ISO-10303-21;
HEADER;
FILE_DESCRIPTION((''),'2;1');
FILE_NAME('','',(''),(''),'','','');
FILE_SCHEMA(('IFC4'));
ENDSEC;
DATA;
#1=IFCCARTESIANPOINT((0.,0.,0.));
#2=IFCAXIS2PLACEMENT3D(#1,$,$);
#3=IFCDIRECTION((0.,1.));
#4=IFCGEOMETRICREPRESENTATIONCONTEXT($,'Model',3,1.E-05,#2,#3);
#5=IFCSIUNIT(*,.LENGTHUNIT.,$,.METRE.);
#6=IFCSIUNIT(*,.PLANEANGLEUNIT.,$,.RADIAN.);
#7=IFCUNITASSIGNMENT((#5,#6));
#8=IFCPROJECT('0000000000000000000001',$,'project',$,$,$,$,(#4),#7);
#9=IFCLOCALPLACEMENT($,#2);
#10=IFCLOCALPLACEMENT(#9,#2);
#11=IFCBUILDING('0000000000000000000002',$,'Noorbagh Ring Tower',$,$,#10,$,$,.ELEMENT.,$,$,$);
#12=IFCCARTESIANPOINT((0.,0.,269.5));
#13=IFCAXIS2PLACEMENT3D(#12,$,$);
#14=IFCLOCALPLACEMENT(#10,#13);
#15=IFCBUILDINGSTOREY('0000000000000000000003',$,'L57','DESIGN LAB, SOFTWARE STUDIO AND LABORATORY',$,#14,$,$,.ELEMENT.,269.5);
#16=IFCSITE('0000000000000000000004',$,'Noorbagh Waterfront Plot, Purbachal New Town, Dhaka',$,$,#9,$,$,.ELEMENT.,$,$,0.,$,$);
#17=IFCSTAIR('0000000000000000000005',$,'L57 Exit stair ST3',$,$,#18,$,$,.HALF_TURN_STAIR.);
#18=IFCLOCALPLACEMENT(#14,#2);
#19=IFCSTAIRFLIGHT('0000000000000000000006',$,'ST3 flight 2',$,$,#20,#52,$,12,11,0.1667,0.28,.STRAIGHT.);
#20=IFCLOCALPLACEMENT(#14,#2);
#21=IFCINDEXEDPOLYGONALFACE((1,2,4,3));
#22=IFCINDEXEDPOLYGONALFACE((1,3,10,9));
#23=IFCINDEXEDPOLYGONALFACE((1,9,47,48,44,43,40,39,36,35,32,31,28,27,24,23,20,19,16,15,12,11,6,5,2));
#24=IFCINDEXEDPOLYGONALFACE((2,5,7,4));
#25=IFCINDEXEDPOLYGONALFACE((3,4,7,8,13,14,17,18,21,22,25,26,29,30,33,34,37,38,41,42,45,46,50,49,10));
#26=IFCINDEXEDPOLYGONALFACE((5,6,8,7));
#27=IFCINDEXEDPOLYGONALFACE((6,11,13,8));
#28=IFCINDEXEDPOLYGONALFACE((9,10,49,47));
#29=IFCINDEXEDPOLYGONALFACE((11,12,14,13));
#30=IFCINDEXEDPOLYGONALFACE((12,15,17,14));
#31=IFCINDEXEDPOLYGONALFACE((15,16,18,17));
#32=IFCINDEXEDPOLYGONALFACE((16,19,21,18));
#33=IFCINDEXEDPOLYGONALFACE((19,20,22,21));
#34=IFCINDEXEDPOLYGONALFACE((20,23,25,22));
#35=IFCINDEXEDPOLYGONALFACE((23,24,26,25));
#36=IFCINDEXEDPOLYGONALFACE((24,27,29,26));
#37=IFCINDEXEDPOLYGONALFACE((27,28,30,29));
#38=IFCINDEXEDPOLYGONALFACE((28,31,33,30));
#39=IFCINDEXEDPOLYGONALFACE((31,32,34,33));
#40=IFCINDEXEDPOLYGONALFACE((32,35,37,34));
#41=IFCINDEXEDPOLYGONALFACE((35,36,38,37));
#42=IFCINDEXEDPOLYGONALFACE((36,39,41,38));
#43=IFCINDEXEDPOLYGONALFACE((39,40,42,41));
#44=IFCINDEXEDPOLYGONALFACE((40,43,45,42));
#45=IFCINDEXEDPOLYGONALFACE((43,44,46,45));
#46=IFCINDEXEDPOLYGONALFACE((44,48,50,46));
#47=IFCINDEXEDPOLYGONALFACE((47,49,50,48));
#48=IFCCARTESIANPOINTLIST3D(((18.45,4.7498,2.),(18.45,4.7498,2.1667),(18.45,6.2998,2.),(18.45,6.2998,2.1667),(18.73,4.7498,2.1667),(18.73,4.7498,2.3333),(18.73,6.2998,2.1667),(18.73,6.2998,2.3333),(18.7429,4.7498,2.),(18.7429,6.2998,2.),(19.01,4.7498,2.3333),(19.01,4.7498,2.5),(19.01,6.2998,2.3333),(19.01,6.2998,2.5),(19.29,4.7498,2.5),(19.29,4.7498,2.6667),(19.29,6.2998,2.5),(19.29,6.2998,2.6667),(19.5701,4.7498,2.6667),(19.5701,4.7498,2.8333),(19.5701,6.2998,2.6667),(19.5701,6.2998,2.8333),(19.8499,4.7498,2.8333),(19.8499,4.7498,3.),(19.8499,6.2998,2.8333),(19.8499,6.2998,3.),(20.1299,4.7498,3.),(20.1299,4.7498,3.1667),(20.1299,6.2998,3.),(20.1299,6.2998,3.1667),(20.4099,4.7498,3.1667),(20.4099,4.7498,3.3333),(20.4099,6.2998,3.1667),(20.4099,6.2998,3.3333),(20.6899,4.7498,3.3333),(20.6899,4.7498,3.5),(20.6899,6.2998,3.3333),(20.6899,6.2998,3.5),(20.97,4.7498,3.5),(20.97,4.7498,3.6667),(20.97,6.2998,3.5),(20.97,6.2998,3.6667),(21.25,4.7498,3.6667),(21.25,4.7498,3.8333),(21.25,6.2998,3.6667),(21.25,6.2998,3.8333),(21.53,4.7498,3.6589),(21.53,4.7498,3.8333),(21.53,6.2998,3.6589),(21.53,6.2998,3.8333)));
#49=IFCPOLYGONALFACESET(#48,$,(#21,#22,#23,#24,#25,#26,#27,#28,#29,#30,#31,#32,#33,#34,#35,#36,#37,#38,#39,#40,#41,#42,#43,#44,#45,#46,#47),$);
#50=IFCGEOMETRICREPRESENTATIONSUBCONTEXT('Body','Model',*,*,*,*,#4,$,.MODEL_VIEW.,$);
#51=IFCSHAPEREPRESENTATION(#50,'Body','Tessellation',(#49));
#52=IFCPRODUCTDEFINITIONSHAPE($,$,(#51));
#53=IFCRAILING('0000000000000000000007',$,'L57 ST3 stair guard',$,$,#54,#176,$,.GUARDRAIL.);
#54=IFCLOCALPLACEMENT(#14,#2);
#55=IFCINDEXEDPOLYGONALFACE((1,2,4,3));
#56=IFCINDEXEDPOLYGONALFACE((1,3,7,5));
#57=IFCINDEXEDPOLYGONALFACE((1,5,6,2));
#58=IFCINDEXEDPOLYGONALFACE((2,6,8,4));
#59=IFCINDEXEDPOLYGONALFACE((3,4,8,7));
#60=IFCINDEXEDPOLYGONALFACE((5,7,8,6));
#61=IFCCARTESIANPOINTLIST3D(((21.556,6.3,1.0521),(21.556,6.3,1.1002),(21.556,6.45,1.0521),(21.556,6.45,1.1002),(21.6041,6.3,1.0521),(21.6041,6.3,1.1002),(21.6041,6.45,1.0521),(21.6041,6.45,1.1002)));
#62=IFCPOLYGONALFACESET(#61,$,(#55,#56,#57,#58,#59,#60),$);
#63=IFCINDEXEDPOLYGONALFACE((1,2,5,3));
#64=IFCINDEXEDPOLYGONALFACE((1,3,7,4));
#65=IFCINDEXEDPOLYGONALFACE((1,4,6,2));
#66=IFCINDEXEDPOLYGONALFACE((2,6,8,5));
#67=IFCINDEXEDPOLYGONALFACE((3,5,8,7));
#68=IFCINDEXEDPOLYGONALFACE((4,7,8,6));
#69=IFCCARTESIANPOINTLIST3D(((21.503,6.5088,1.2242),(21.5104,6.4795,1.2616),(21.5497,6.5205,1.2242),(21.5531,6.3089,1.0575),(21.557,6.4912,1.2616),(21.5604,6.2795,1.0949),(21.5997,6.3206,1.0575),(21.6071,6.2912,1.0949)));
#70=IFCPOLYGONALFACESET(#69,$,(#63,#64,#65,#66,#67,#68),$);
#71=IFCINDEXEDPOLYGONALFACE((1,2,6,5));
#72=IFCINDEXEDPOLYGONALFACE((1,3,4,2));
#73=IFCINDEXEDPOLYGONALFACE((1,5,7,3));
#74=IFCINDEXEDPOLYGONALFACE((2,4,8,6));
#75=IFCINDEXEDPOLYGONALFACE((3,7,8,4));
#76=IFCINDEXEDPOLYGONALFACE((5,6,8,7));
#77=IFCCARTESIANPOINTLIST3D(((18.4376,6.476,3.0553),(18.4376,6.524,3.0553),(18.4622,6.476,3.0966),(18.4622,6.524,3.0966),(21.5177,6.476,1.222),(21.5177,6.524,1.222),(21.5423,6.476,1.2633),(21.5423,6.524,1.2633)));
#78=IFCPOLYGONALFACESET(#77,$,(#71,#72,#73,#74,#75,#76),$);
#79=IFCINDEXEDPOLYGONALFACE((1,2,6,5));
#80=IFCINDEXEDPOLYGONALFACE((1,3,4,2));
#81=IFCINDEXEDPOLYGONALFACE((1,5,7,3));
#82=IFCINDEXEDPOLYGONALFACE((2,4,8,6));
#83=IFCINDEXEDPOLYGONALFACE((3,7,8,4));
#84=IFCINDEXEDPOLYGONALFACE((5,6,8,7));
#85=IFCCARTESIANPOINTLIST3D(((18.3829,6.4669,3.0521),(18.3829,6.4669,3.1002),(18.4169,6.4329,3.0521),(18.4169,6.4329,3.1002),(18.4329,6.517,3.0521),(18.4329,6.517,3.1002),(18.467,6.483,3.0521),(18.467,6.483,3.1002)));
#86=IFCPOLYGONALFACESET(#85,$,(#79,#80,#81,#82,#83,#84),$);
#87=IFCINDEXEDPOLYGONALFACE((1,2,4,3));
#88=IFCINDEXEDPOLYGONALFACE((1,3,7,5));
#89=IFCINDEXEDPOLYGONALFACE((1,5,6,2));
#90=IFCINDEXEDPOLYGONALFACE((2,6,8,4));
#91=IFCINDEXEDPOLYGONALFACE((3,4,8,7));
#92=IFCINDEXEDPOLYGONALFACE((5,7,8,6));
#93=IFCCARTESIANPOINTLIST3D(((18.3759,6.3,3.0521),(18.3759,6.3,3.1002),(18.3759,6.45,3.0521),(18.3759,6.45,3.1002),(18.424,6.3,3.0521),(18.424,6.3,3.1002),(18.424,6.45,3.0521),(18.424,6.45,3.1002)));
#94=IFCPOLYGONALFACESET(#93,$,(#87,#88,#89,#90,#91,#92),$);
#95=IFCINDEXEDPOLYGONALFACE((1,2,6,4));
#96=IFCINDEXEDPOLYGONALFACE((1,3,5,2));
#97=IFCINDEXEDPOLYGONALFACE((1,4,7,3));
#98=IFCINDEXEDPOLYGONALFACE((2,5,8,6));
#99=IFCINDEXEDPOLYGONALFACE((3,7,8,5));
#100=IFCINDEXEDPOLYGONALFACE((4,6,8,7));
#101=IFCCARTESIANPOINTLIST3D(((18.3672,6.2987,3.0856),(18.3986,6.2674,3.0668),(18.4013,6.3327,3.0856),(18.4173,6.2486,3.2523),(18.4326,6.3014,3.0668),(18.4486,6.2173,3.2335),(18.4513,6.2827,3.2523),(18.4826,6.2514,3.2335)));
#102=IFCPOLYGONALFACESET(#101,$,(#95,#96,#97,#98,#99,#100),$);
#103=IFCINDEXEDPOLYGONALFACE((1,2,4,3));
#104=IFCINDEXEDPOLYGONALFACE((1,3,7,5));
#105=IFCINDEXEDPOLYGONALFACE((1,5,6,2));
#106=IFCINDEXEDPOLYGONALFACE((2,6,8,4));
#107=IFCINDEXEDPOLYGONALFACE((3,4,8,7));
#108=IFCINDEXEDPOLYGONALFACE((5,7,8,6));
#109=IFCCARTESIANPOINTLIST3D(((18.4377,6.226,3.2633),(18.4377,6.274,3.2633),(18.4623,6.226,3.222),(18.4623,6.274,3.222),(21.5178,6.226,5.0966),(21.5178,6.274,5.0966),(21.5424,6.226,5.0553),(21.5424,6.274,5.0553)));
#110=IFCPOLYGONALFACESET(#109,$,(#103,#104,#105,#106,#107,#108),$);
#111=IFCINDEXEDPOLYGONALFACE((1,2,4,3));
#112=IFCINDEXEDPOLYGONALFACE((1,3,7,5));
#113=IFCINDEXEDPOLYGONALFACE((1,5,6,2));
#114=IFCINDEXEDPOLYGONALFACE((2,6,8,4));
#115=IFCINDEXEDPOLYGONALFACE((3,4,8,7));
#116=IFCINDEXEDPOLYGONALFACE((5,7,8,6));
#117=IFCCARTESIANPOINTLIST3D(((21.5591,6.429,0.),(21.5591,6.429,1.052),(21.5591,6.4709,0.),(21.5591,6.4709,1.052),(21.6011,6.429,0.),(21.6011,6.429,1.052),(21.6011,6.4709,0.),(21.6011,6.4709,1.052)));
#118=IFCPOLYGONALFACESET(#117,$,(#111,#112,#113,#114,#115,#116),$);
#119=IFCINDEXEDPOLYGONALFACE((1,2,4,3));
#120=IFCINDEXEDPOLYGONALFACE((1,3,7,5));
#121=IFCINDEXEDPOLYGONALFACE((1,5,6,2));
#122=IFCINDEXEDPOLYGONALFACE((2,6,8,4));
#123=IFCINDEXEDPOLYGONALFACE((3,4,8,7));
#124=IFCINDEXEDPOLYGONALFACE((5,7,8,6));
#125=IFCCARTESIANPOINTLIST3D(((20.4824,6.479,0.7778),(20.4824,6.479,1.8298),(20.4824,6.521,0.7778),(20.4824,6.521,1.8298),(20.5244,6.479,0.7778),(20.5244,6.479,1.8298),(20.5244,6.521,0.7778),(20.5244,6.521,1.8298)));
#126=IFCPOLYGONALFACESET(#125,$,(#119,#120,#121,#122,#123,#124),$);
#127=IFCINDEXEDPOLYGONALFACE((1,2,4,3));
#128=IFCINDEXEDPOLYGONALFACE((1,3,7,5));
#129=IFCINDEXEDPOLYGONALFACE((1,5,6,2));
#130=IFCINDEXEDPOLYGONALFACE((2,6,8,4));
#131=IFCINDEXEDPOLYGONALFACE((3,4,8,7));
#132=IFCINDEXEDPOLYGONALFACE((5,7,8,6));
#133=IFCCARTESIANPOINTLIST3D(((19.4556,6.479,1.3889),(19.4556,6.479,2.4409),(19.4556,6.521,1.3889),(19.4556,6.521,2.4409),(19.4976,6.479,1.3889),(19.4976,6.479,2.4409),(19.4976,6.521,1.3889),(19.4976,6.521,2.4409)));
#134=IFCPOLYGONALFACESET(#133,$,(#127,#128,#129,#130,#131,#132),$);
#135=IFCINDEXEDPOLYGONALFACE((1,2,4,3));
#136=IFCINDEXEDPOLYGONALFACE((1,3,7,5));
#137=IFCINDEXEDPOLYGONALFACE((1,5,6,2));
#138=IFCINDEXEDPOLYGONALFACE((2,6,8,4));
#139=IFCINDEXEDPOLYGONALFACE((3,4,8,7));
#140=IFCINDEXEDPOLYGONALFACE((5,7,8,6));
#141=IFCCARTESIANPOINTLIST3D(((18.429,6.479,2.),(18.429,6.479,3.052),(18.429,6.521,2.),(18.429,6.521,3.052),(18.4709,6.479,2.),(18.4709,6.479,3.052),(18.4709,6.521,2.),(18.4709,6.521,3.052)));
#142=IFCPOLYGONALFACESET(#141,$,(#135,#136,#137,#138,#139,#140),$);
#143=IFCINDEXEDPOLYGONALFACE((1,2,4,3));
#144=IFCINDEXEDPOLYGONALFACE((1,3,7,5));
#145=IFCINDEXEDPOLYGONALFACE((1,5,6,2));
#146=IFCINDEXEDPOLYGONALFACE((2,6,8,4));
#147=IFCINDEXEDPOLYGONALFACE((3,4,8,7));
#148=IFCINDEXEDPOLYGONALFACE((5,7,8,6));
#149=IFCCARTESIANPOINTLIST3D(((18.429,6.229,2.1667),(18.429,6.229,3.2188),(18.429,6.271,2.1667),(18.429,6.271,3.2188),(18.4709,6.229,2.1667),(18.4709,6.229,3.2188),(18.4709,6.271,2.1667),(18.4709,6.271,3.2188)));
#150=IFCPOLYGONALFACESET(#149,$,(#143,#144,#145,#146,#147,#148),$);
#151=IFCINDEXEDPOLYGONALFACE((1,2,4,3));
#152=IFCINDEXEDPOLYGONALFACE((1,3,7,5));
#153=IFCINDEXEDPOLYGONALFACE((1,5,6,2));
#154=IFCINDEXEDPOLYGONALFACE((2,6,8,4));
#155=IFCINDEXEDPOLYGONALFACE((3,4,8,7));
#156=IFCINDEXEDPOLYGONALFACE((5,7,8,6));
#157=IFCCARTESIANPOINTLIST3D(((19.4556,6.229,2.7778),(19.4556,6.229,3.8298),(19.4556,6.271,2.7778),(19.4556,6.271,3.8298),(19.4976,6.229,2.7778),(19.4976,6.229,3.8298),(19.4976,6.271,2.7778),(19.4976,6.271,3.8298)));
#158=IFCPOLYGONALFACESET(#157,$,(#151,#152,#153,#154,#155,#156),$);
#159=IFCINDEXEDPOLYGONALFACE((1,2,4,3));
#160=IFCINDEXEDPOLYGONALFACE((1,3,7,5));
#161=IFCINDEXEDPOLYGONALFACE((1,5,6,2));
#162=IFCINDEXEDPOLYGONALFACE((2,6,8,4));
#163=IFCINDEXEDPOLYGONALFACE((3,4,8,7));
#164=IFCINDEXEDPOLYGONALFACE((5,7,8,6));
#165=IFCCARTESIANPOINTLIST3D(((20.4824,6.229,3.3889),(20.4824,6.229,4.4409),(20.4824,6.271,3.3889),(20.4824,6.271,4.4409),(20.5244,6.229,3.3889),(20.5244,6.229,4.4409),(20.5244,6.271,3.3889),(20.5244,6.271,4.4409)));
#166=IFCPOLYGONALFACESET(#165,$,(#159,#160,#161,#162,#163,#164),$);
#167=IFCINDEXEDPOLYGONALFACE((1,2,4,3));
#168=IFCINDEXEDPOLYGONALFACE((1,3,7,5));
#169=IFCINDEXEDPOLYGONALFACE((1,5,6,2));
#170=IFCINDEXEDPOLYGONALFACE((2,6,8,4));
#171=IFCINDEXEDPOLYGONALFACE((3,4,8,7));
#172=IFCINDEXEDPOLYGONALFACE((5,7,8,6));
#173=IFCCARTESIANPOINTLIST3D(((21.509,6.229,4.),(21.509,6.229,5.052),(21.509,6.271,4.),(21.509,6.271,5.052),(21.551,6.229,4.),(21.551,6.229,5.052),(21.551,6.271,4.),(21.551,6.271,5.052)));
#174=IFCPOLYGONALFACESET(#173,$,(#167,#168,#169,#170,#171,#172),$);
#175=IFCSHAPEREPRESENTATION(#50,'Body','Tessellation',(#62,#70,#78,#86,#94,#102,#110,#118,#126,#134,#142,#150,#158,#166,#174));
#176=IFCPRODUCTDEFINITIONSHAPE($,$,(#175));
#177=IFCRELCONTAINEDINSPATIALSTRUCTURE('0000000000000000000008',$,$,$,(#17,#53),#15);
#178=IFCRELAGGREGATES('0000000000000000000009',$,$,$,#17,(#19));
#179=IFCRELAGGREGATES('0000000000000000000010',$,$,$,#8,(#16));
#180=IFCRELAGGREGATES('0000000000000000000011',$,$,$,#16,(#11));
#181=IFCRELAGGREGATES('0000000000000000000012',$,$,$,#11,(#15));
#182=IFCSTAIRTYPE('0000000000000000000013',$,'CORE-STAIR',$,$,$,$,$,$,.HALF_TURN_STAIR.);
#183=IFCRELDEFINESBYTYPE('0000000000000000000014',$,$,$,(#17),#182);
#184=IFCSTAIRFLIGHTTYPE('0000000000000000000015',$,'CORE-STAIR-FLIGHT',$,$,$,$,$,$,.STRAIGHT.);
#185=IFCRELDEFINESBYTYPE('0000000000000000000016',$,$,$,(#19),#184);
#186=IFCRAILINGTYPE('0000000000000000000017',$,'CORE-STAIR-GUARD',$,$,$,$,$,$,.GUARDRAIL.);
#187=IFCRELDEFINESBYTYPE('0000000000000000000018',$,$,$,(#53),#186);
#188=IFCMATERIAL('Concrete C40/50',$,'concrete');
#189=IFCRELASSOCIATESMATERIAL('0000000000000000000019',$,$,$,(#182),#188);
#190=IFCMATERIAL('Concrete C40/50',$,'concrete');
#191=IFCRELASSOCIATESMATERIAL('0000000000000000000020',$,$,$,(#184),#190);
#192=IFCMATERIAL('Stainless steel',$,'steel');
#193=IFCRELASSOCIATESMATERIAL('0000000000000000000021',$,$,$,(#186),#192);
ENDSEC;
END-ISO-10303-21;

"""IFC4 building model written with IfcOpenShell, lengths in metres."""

from ifc_helpers import new_model, si_unit, direction, frame, origin, origin_2d, place, context, subcontext, project, spatial, polyline, rectangle, outline, extrude, material, type_object, element, aggregate, save


model = new_model("IFC4")

# Units and contexts
model_context = context("Model", 3, precision=1e-05, world=origin(), true_north=direction((0.0, 1.0)))
body_context = subcontext(model_context, "Body", "Model", "MODEL_VIEW")
ifc_project = project(units=[si_unit("LENGTHUNIT", "METRE"), si_unit("PLANEANGLEUNIT", "RADIAN")], contexts=[model_context])

# Site, building, storey
site_placement = place(None, origin())
site = spatial("IfcSite", under=ifc_project, at=site_placement, Name="Noorbagh Waterfront Plot, Purbachal New Town, Dhaka", CompositionType="ELEMENT", RefElevation=0.0)
building_placement = place(site_placement, origin())
building = spatial("IfcBuilding", under=site, at=building_placement, Name="Noorbagh Ring Tower", CompositionType="ELEMENT")
storey_placement = place(building_placement, frame((0.0, 0.0, 269.5)))
storey = spatial("IfcBuildingStorey", under=building, at=storey_placement, Name="L57", Description="DESIGN LAB, SOFTWARE STUDIO AND LABORATORY", CompositionType="ELEMENT", Elevation=269.5)

# Stair, stair flight
ifc_material_1 = material(Name="Concrete C40/50", Category="concrete")
stair_type = type_object("IfcStairType", Name="CORE-STAIR", PredefinedType="HALF_TURN_STAIR", material=ifc_material_1)
stair_placement = place(storey_placement, origin())
stair = element("IfcStair", 1, at=stair_placement, inside=storey, type_object=stair_type, Name="L57 Exit stair ST3", PredefinedType="HALF_TURN_STAIR")
ifc_material_2 = material(Name="Concrete C40/50", Category="concrete")
stair_flight_type = type_object("IfcStairFlightType", Name="CORE-STAIR-FLIGHT", PredefinedType="STRAIGHT", material=ifc_material_2)
stair_flight_1_placement = place(storey_placement, frame((18.45, 5.5249, 2.0), z_axis=(0.0, 0.0, 1.0), x_axis=(1.0, 0.0, 0.0)))
stair_flight_1 = element("IfcStairFlight", 2, at=stair_flight_1_placement, type_object=stair_flight_type, Name="ST3 flight 2", NumberOfRisers=12, NumberOfTreads=11, PredefinedType="STRAIGHT", RiserHeight=0.1667, TreadLength=0.28, context=body_context, shape_type="SweptSolid", body=[
    extrude(outline(polyline([(0.0, 0.0), (0.0, 0.1667), (0.28, 0.1667), (0.28, 0.3333), (0.5601, 0.3333), (0.5601, 0.5), (0.8401, 0.5), (0.8401, 0.6667), (1.1201, 0.6667), (1.1201, 0.8333), (1.3999, 0.8333), (1.3999, 1.0), (1.6799, 1.0), (1.6799, 1.1667), (1.96, 1.1667), (1.96, 1.3333), (2.24, 1.3333), (2.24, 1.5), (2.52, 1.5), (2.52, 1.6667), (2.8, 1.6667), (2.8, 1.8333), (3.0801, 1.8333), (3.0801, 2.0), (3.0801, 1.6589), (0.293, 0.0), (0.0, 0.0)])), frame((0.0, 0.7749, 0.0), z_axis=(0.0, -1.0, 0.0), x_axis=(1.0, 0.0, 0.0)), (0.0, 0.0, 1.0), 1.55),
])
aggregate(stair, [stair_flight_1])

# Railing
ifc_material_3 = material(Name="Stainless steel", Category="steel")
railing_type_1 = type_object("IfcRailingType", Name="CORE-STAIR-GUARD", PredefinedType="GUARDRAIL", material=ifc_material_3)
railing_1_placement = place(storey_placement, frame((21.5801, 6.45, 0.0)))
element("IfcRailing", 3, at=railing_1_placement, inside=storey, type_object=railing_type_1, Name="L57 ST3 stair guard", PredefinedType="GUARDRAIL", context=body_context, shape_type="SweptSolid", body=[
    extrude(rectangle(XDim=0.0481, YDim=0.0481, at=origin_2d()), frame((0.0, 0.0, 1.0762), z_axis=(0.0, -1.0, 0.0), x_axis=(1.0, 0.0, 0.0)), (0.0, 0.0, 1.0), 0.1499),
    extrude(rectangle(XDim=0.0481, YDim=0.0481, at=origin_2d()), frame((0.0, -0.1499, 1.0762), z_axis=(-0.188776, 0.754182, 0.628946), x_axis=(-0.970073, -0.242814, 0.0)), (0.0, 0.0, 1.0), 0.2651),
    extrude(rectangle(XDim=0.0481, YDim=0.0481, at=origin_2d()), frame((-0.05, 0.05, 1.2427), z_axis=(-0.859309, 0.0, 0.511458), x_axis=(0.0, -1.0, 0.0)), (0.0, 0.0, 1.0), 3.5845),
    extrude(rectangle(XDim=0.0481, YDim=0.0481, at=origin_2d()), frame((-3.1301, 0.05, 3.0762), z_axis=(-0.707107, -0.707107, 0.0), x_axis=(0.707107, -0.707107, 0.0)), (0.0, 0.0, 1.0), 0.0708),
    extrude(rectangle(XDim=0.0481, YDim=0.0481, at=origin_2d()), frame((-3.1802, 0.0, 3.0762), z_axis=(0.0, -1.0, 0.0), x_axis=(1.0, 0.0, 0.0)), (0.0, 0.0, 1.0), 0.1499),
    extrude(rectangle(XDim=0.0481, YDim=0.0481, at=origin_2d()), frame((-3.1802, -0.1499, 3.0762), z_axis=(0.276287, -0.276287, 0.920506), x_axis=(0.707107, 0.707107, 0.0)), (0.0, 0.0, 1.0), 0.1812),
    extrude(rectangle(XDim=0.0481, YDim=0.0481, at=origin_2d()), frame((-3.1301, -0.2, 3.2427), z_axis=(0.859309, 0.0, 0.511458), x_axis=(0.0, 1.0, 0.0)), (0.0, 0.0, 1.0), 3.5845),
    extrude(rectangle(XDim=0.042, YDim=0.042, at=origin_2d()), origin(), (0.0, 0.0, 1.0), 1.052),
    extrude(rectangle(XDim=0.042, YDim=0.042, at=origin_2d()), frame((-1.0767, 0.05, 0.7778)), (0.0, 0.0, 1.0), 1.052),
    extrude(rectangle(XDim=0.042, YDim=0.042, at=origin_2d()), frame((-2.1035, 0.05, 1.3889)), (0.0, 0.0, 1.0), 1.052),
    extrude(rectangle(XDim=0.042, YDim=0.042, at=origin_2d()), frame((-3.1301, 0.05, 2.0)), (0.0, 0.0, 1.0), 1.052),
    extrude(rectangle(XDim=0.042, YDim=0.042, at=origin_2d()), frame((-3.1301, -0.2, 2.1667)), (0.0, 0.0, 1.0), 1.052),
    extrude(rectangle(XDim=0.042, YDim=0.042, at=origin_2d()), frame((-2.1035, -0.2, 2.7778)), (0.0, 0.0, 1.0), 1.052),
    extrude(rectangle(XDim=0.042, YDim=0.042, at=origin_2d()), frame((-1.0767, -0.2, 3.3889)), (0.0, 0.0, 1.0), 1.052),
    extrude(rectangle(XDim=0.042, YDim=0.042, at=origin_2d()), frame((-0.05, -0.2, 4.0)), (0.0, 0.0, 1.0), 1.052),
])

save(model, "model.ifc")
